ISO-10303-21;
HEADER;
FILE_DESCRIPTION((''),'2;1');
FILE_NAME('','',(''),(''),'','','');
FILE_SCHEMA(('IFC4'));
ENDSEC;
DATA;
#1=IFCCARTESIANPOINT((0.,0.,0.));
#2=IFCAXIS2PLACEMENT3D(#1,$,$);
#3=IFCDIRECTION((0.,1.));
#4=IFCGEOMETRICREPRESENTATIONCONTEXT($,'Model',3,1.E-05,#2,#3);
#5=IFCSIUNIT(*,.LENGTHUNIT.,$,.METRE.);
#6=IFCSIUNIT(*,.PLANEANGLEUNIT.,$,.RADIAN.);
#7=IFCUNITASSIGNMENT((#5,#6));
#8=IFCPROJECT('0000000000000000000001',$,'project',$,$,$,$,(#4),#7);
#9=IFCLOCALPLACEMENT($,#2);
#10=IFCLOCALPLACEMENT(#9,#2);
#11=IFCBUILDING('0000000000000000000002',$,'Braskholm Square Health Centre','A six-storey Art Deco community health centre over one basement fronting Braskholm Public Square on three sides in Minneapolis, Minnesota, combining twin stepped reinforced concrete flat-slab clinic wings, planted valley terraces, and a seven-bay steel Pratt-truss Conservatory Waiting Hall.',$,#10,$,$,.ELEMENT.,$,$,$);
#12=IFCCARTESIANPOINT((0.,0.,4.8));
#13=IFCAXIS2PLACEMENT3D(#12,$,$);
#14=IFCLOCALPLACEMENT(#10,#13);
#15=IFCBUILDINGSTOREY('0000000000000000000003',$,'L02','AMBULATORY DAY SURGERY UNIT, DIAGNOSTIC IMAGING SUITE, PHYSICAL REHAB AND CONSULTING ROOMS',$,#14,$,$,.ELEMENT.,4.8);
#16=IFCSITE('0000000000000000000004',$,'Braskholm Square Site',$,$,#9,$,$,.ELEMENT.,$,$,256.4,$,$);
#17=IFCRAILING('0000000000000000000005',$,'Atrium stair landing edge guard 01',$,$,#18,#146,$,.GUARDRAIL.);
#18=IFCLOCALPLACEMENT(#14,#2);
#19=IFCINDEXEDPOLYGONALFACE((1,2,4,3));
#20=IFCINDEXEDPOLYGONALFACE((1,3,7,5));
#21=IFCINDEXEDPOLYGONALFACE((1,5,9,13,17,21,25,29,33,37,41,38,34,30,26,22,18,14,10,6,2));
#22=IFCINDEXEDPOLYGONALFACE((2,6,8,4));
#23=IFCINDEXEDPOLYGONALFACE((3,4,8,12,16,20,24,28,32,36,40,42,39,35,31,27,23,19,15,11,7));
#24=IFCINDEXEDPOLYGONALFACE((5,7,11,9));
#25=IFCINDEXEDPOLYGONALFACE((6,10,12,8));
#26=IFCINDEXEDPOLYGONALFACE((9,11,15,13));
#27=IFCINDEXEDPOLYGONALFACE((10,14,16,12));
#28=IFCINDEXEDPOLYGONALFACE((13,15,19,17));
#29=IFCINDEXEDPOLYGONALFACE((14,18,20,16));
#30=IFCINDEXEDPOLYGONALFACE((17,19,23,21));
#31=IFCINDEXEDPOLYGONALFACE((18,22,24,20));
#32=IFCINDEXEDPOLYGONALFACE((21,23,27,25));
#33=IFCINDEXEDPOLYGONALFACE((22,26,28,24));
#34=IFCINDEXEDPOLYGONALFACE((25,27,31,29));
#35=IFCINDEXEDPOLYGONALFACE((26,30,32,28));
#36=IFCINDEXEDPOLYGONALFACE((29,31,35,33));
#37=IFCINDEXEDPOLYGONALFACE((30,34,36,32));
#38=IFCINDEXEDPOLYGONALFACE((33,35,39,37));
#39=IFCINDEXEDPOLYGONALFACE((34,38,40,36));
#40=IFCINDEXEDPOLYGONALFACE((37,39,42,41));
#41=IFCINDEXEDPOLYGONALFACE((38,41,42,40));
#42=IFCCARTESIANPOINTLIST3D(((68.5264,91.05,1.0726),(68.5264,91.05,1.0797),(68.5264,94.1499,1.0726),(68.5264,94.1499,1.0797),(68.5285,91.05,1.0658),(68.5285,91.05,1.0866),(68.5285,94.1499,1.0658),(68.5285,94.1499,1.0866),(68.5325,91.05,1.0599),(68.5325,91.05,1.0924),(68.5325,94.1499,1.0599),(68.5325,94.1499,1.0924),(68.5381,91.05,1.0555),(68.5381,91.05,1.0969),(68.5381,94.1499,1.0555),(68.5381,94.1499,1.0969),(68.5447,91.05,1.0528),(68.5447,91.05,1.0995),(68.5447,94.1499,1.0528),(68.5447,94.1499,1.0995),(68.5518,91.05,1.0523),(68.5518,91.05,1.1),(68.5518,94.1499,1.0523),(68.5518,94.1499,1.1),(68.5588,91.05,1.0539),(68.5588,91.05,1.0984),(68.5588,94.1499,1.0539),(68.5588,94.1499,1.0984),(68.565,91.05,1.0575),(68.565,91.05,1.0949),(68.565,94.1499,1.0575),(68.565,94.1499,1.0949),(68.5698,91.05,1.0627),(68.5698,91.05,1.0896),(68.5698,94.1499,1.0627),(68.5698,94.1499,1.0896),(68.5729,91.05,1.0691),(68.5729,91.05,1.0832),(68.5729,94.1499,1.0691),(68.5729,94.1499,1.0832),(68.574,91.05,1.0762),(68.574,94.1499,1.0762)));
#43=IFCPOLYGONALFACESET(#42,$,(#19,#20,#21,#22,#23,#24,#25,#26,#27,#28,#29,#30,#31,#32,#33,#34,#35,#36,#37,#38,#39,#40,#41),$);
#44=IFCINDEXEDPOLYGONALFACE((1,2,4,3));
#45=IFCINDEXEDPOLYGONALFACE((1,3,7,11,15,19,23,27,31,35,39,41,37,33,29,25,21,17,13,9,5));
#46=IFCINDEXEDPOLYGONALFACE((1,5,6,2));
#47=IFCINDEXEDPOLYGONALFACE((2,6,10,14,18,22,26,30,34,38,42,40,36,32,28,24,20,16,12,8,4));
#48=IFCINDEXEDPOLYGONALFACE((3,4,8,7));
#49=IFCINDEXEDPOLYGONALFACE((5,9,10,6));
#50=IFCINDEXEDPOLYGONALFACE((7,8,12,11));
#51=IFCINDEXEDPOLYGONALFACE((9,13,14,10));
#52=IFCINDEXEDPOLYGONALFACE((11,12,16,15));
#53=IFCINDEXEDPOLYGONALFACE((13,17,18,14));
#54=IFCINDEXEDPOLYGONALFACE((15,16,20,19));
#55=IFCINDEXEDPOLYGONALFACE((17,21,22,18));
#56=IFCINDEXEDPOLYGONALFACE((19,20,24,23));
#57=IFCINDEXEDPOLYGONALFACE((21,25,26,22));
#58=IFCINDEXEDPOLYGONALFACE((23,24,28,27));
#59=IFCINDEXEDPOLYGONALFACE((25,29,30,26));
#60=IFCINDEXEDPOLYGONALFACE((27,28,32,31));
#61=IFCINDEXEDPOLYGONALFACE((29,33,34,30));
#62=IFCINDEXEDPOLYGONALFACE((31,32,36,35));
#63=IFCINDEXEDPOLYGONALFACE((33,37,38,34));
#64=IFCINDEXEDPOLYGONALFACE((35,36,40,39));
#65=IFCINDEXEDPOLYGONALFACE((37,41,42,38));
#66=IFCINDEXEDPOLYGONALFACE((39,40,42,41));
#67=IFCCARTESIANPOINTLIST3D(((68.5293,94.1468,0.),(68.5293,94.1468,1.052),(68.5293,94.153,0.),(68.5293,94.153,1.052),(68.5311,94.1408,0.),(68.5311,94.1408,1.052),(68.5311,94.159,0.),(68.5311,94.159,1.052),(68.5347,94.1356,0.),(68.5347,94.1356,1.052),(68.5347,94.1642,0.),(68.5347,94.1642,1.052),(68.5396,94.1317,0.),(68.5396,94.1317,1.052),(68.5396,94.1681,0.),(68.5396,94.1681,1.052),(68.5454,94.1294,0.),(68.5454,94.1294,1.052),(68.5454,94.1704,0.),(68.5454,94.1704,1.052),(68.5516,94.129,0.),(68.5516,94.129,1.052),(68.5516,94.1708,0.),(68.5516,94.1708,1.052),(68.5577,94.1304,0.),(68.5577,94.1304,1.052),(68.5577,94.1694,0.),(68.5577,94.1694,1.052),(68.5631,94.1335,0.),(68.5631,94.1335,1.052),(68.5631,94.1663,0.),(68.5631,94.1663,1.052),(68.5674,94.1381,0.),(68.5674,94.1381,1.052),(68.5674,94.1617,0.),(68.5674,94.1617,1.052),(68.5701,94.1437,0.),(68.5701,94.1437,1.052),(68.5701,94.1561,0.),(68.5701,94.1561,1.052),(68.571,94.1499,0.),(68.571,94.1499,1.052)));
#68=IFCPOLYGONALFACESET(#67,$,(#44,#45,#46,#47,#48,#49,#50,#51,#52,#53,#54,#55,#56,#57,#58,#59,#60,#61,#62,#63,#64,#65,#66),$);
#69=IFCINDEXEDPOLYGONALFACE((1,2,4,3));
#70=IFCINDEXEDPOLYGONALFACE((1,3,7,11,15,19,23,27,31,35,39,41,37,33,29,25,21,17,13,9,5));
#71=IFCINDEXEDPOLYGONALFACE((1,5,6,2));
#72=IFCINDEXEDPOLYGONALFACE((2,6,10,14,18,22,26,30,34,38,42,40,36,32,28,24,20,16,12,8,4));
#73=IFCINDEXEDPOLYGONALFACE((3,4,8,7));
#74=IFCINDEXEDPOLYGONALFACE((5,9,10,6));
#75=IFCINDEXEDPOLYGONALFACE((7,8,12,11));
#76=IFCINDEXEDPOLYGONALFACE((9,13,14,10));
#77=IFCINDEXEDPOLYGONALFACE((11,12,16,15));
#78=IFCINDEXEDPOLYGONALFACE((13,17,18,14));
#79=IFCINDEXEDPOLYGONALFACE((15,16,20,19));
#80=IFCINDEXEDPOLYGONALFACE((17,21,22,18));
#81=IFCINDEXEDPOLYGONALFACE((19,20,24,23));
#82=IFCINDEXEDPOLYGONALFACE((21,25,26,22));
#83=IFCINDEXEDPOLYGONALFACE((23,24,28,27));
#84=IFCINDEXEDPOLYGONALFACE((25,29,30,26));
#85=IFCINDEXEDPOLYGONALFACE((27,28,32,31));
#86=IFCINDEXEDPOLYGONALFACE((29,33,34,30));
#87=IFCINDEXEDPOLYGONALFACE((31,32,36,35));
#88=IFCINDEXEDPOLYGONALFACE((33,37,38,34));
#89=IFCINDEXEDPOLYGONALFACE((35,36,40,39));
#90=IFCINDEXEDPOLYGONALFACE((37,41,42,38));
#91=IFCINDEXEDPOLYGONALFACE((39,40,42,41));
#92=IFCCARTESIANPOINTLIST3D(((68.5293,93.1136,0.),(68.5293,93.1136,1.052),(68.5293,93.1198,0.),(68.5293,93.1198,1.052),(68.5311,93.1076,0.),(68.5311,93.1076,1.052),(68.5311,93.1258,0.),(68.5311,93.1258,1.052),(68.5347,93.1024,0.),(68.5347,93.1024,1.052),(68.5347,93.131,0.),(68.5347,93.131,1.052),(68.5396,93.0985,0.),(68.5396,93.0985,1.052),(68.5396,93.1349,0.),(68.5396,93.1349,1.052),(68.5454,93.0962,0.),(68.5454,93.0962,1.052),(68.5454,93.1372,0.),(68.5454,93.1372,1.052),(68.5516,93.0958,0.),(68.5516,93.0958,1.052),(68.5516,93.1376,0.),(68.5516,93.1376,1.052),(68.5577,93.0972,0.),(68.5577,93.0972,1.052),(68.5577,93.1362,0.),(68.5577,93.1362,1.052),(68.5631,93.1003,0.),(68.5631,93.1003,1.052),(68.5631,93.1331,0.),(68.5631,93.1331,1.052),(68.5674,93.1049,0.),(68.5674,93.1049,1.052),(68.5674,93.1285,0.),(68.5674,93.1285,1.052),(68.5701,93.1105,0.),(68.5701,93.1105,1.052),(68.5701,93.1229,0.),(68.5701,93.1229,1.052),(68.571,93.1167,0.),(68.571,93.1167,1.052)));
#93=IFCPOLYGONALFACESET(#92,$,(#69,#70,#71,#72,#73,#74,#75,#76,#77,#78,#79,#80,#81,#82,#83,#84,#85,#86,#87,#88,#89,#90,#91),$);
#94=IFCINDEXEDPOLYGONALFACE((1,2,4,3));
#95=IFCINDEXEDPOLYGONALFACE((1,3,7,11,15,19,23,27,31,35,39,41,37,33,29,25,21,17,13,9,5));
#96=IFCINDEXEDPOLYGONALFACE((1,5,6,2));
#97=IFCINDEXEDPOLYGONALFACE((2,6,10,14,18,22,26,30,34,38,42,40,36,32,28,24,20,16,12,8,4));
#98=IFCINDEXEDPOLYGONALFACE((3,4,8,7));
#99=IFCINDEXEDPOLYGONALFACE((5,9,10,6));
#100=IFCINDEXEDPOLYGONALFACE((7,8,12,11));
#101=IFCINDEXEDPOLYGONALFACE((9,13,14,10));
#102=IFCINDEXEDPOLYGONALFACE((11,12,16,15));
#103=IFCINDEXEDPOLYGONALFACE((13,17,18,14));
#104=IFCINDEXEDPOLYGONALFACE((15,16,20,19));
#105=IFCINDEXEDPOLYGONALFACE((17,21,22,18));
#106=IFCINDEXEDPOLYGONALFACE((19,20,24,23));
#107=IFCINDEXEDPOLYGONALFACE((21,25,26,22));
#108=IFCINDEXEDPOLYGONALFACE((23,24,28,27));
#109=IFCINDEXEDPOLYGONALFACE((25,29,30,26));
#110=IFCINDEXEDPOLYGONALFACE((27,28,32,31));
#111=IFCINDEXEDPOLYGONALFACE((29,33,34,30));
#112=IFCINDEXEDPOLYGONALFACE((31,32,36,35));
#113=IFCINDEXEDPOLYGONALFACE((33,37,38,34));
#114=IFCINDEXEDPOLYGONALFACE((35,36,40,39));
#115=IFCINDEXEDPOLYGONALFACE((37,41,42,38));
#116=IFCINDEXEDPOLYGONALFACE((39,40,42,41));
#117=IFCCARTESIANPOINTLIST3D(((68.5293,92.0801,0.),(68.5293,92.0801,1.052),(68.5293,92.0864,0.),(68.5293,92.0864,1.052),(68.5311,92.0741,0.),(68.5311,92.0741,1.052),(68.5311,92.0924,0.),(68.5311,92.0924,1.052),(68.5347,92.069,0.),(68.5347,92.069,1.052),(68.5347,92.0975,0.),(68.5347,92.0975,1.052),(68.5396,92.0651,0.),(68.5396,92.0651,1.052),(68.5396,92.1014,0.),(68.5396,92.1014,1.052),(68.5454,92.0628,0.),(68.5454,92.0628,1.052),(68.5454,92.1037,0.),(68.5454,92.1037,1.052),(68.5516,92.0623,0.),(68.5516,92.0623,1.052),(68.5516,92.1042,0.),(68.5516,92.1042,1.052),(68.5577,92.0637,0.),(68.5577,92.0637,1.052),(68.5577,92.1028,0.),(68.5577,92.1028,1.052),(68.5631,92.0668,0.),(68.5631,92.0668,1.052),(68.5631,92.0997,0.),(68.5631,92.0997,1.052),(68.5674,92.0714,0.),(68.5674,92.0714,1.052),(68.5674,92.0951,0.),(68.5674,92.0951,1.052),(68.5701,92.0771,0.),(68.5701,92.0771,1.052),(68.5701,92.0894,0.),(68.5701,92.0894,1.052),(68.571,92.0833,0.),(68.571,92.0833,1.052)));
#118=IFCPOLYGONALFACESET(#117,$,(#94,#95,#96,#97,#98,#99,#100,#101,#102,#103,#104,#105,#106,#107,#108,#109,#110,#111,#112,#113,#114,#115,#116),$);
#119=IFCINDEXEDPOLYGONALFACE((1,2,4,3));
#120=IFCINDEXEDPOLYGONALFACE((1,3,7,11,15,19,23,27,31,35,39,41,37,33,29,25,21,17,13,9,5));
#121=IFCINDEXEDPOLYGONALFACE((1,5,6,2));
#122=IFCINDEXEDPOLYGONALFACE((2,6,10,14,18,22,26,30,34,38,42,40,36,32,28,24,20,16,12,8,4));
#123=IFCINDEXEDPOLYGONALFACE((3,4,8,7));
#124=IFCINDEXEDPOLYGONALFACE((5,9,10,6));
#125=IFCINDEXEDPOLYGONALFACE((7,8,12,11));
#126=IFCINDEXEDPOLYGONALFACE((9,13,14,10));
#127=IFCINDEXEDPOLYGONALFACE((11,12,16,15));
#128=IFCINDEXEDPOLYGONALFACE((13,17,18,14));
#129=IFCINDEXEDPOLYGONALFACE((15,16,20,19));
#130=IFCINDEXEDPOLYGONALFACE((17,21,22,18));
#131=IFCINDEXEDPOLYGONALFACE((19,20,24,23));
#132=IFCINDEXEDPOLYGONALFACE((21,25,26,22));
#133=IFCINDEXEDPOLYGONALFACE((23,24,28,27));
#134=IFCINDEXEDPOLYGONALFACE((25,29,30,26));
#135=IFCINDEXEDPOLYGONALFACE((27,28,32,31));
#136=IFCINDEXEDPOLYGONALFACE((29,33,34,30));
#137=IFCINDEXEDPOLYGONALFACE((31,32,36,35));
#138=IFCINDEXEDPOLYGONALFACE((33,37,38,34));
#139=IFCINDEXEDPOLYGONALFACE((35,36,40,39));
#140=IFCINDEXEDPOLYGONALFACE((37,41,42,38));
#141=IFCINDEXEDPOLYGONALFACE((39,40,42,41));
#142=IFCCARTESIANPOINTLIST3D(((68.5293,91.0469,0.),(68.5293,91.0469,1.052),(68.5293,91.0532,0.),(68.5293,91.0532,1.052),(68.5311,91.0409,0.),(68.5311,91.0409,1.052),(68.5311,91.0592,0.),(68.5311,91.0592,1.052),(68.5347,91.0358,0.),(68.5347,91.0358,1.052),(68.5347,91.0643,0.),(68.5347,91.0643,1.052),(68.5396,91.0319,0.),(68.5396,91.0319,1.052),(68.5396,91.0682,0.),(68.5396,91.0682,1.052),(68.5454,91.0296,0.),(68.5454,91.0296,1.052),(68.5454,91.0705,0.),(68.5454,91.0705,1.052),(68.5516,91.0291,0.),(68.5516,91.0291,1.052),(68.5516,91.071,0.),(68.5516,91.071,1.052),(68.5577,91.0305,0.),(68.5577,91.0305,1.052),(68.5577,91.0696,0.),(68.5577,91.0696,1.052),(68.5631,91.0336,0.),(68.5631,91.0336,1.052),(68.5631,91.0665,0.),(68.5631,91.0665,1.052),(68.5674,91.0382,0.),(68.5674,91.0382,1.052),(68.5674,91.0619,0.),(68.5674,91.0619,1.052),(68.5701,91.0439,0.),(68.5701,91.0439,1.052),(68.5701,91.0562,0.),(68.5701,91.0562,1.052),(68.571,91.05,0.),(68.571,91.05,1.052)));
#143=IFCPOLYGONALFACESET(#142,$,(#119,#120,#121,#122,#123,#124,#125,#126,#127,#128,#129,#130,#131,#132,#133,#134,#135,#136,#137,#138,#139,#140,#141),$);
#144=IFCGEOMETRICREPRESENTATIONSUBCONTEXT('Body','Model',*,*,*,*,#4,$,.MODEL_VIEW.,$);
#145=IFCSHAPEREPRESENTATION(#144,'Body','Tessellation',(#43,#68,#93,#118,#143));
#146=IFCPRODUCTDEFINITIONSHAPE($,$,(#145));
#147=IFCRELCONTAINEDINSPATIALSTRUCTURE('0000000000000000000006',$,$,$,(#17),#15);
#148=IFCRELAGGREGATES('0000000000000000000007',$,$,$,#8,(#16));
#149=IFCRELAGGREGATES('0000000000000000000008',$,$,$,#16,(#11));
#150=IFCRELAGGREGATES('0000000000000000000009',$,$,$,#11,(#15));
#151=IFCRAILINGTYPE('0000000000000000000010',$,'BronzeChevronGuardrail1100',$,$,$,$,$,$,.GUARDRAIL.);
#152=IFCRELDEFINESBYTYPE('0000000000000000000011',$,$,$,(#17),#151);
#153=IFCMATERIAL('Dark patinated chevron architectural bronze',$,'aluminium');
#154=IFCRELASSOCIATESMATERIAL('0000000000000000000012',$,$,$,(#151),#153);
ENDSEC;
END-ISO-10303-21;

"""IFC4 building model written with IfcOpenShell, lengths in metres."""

from ifc_helpers import new_model, si_unit, direction, frame, origin, origin_2d, place, context, subcontext, project, spatial, circle, extrude, material, type_object, element, save


model = new_model("IFC4")

# Units and contexts
model_context = context("Model", 3, precision=1e-05, world=origin(), true_north=direction((0.0, 1.0)))
body_context = subcontext(model_context, "Body", "Model", "MODEL_VIEW")
ifc_project = project(units=[si_unit("LENGTHUNIT", "METRE"), si_unit("PLANEANGLEUNIT", "RADIAN")], contexts=[model_context])

# Site, building, storey
site_placement = place(None, origin())
site = spatial("IfcSite", under=ifc_project, at=site_placement, Name="Braskholm Square Site", CompositionType="ELEMENT", RefElevation=256.4)
building_placement = place(site_placement, origin())
building = spatial("IfcBuilding", under=site, at=building_placement, Name="Braskholm Square Health Centre", Description="A six-storey Art Deco community health centre over one basement fronting Braskholm Public Square on three sides in Minneapolis, Minnesota, combining twin stepped reinforced concrete flat-slab clinic wings, planted valley terraces, and a seven-bay steel Pratt-truss Conservatory Waiting Hall.", CompositionType="ELEMENT")
storey_placement = place(building_placement, frame((0.0, 0.0, 4.8)))
storey = spatial("IfcBuildingStorey", under=building, at=storey_placement, Name="L02", Description="AMBULATORY DAY SURGERY UNIT, DIAGNOSTIC IMAGING SUITE, PHYSICAL REHAB AND CONSULTING ROOMS", CompositionType="ELEMENT", Elevation=4.8)

# Railing
ifc_material_1 = material(Name="Dark patinated chevron architectural bronze", Category="aluminium")
railing_type = type_object("IfcRailingType", Name="BronzeChevronGuardrail1100", PredefinedType="GUARDRAIL", material=ifc_material_1)
railing_1_placement = place(storey_placement, frame((68.55, 94.1499, 0.0)))
element("IfcRailing", 1, at=railing_1_placement, inside=storey, type_object=railing_type, Name="Atrium stair landing edge guard 01", PredefinedType="GUARDRAIL", context=body_context, shape_type="SweptSolid", body=[
    extrude(circle(Radius=0.0239, at=origin_2d()), frame((0.0, 0.0, 1.0762), z_axis=(0.0, -1.0, 0.0), x_axis=(1.0, 0.0, 0.0)), (0.0, 0.0, 1.0), 3.0999),
    extrude(circle(Radius=0.021, at=origin_2d()), origin(), (0.0, 0.0, 1.0), 1.052),
    extrude(circle(Radius=0.021, at=origin_2d()), frame((0.0, -1.0332, 0.0)), (0.0, 0.0, 1.0), 1.052),
    extrude(circle(Radius=0.021, at=origin_2d()), frame((0.0, -2.0667, 0.0)), (0.0, 0.0, 1.0), 1.052),
    extrude(circle(Radius=0.021, at=origin_2d()), frame((0.0, -3.0999, 0.0)), (0.0, 0.0, 1.0), 1.052),
])

save(model, "model.ifc")
